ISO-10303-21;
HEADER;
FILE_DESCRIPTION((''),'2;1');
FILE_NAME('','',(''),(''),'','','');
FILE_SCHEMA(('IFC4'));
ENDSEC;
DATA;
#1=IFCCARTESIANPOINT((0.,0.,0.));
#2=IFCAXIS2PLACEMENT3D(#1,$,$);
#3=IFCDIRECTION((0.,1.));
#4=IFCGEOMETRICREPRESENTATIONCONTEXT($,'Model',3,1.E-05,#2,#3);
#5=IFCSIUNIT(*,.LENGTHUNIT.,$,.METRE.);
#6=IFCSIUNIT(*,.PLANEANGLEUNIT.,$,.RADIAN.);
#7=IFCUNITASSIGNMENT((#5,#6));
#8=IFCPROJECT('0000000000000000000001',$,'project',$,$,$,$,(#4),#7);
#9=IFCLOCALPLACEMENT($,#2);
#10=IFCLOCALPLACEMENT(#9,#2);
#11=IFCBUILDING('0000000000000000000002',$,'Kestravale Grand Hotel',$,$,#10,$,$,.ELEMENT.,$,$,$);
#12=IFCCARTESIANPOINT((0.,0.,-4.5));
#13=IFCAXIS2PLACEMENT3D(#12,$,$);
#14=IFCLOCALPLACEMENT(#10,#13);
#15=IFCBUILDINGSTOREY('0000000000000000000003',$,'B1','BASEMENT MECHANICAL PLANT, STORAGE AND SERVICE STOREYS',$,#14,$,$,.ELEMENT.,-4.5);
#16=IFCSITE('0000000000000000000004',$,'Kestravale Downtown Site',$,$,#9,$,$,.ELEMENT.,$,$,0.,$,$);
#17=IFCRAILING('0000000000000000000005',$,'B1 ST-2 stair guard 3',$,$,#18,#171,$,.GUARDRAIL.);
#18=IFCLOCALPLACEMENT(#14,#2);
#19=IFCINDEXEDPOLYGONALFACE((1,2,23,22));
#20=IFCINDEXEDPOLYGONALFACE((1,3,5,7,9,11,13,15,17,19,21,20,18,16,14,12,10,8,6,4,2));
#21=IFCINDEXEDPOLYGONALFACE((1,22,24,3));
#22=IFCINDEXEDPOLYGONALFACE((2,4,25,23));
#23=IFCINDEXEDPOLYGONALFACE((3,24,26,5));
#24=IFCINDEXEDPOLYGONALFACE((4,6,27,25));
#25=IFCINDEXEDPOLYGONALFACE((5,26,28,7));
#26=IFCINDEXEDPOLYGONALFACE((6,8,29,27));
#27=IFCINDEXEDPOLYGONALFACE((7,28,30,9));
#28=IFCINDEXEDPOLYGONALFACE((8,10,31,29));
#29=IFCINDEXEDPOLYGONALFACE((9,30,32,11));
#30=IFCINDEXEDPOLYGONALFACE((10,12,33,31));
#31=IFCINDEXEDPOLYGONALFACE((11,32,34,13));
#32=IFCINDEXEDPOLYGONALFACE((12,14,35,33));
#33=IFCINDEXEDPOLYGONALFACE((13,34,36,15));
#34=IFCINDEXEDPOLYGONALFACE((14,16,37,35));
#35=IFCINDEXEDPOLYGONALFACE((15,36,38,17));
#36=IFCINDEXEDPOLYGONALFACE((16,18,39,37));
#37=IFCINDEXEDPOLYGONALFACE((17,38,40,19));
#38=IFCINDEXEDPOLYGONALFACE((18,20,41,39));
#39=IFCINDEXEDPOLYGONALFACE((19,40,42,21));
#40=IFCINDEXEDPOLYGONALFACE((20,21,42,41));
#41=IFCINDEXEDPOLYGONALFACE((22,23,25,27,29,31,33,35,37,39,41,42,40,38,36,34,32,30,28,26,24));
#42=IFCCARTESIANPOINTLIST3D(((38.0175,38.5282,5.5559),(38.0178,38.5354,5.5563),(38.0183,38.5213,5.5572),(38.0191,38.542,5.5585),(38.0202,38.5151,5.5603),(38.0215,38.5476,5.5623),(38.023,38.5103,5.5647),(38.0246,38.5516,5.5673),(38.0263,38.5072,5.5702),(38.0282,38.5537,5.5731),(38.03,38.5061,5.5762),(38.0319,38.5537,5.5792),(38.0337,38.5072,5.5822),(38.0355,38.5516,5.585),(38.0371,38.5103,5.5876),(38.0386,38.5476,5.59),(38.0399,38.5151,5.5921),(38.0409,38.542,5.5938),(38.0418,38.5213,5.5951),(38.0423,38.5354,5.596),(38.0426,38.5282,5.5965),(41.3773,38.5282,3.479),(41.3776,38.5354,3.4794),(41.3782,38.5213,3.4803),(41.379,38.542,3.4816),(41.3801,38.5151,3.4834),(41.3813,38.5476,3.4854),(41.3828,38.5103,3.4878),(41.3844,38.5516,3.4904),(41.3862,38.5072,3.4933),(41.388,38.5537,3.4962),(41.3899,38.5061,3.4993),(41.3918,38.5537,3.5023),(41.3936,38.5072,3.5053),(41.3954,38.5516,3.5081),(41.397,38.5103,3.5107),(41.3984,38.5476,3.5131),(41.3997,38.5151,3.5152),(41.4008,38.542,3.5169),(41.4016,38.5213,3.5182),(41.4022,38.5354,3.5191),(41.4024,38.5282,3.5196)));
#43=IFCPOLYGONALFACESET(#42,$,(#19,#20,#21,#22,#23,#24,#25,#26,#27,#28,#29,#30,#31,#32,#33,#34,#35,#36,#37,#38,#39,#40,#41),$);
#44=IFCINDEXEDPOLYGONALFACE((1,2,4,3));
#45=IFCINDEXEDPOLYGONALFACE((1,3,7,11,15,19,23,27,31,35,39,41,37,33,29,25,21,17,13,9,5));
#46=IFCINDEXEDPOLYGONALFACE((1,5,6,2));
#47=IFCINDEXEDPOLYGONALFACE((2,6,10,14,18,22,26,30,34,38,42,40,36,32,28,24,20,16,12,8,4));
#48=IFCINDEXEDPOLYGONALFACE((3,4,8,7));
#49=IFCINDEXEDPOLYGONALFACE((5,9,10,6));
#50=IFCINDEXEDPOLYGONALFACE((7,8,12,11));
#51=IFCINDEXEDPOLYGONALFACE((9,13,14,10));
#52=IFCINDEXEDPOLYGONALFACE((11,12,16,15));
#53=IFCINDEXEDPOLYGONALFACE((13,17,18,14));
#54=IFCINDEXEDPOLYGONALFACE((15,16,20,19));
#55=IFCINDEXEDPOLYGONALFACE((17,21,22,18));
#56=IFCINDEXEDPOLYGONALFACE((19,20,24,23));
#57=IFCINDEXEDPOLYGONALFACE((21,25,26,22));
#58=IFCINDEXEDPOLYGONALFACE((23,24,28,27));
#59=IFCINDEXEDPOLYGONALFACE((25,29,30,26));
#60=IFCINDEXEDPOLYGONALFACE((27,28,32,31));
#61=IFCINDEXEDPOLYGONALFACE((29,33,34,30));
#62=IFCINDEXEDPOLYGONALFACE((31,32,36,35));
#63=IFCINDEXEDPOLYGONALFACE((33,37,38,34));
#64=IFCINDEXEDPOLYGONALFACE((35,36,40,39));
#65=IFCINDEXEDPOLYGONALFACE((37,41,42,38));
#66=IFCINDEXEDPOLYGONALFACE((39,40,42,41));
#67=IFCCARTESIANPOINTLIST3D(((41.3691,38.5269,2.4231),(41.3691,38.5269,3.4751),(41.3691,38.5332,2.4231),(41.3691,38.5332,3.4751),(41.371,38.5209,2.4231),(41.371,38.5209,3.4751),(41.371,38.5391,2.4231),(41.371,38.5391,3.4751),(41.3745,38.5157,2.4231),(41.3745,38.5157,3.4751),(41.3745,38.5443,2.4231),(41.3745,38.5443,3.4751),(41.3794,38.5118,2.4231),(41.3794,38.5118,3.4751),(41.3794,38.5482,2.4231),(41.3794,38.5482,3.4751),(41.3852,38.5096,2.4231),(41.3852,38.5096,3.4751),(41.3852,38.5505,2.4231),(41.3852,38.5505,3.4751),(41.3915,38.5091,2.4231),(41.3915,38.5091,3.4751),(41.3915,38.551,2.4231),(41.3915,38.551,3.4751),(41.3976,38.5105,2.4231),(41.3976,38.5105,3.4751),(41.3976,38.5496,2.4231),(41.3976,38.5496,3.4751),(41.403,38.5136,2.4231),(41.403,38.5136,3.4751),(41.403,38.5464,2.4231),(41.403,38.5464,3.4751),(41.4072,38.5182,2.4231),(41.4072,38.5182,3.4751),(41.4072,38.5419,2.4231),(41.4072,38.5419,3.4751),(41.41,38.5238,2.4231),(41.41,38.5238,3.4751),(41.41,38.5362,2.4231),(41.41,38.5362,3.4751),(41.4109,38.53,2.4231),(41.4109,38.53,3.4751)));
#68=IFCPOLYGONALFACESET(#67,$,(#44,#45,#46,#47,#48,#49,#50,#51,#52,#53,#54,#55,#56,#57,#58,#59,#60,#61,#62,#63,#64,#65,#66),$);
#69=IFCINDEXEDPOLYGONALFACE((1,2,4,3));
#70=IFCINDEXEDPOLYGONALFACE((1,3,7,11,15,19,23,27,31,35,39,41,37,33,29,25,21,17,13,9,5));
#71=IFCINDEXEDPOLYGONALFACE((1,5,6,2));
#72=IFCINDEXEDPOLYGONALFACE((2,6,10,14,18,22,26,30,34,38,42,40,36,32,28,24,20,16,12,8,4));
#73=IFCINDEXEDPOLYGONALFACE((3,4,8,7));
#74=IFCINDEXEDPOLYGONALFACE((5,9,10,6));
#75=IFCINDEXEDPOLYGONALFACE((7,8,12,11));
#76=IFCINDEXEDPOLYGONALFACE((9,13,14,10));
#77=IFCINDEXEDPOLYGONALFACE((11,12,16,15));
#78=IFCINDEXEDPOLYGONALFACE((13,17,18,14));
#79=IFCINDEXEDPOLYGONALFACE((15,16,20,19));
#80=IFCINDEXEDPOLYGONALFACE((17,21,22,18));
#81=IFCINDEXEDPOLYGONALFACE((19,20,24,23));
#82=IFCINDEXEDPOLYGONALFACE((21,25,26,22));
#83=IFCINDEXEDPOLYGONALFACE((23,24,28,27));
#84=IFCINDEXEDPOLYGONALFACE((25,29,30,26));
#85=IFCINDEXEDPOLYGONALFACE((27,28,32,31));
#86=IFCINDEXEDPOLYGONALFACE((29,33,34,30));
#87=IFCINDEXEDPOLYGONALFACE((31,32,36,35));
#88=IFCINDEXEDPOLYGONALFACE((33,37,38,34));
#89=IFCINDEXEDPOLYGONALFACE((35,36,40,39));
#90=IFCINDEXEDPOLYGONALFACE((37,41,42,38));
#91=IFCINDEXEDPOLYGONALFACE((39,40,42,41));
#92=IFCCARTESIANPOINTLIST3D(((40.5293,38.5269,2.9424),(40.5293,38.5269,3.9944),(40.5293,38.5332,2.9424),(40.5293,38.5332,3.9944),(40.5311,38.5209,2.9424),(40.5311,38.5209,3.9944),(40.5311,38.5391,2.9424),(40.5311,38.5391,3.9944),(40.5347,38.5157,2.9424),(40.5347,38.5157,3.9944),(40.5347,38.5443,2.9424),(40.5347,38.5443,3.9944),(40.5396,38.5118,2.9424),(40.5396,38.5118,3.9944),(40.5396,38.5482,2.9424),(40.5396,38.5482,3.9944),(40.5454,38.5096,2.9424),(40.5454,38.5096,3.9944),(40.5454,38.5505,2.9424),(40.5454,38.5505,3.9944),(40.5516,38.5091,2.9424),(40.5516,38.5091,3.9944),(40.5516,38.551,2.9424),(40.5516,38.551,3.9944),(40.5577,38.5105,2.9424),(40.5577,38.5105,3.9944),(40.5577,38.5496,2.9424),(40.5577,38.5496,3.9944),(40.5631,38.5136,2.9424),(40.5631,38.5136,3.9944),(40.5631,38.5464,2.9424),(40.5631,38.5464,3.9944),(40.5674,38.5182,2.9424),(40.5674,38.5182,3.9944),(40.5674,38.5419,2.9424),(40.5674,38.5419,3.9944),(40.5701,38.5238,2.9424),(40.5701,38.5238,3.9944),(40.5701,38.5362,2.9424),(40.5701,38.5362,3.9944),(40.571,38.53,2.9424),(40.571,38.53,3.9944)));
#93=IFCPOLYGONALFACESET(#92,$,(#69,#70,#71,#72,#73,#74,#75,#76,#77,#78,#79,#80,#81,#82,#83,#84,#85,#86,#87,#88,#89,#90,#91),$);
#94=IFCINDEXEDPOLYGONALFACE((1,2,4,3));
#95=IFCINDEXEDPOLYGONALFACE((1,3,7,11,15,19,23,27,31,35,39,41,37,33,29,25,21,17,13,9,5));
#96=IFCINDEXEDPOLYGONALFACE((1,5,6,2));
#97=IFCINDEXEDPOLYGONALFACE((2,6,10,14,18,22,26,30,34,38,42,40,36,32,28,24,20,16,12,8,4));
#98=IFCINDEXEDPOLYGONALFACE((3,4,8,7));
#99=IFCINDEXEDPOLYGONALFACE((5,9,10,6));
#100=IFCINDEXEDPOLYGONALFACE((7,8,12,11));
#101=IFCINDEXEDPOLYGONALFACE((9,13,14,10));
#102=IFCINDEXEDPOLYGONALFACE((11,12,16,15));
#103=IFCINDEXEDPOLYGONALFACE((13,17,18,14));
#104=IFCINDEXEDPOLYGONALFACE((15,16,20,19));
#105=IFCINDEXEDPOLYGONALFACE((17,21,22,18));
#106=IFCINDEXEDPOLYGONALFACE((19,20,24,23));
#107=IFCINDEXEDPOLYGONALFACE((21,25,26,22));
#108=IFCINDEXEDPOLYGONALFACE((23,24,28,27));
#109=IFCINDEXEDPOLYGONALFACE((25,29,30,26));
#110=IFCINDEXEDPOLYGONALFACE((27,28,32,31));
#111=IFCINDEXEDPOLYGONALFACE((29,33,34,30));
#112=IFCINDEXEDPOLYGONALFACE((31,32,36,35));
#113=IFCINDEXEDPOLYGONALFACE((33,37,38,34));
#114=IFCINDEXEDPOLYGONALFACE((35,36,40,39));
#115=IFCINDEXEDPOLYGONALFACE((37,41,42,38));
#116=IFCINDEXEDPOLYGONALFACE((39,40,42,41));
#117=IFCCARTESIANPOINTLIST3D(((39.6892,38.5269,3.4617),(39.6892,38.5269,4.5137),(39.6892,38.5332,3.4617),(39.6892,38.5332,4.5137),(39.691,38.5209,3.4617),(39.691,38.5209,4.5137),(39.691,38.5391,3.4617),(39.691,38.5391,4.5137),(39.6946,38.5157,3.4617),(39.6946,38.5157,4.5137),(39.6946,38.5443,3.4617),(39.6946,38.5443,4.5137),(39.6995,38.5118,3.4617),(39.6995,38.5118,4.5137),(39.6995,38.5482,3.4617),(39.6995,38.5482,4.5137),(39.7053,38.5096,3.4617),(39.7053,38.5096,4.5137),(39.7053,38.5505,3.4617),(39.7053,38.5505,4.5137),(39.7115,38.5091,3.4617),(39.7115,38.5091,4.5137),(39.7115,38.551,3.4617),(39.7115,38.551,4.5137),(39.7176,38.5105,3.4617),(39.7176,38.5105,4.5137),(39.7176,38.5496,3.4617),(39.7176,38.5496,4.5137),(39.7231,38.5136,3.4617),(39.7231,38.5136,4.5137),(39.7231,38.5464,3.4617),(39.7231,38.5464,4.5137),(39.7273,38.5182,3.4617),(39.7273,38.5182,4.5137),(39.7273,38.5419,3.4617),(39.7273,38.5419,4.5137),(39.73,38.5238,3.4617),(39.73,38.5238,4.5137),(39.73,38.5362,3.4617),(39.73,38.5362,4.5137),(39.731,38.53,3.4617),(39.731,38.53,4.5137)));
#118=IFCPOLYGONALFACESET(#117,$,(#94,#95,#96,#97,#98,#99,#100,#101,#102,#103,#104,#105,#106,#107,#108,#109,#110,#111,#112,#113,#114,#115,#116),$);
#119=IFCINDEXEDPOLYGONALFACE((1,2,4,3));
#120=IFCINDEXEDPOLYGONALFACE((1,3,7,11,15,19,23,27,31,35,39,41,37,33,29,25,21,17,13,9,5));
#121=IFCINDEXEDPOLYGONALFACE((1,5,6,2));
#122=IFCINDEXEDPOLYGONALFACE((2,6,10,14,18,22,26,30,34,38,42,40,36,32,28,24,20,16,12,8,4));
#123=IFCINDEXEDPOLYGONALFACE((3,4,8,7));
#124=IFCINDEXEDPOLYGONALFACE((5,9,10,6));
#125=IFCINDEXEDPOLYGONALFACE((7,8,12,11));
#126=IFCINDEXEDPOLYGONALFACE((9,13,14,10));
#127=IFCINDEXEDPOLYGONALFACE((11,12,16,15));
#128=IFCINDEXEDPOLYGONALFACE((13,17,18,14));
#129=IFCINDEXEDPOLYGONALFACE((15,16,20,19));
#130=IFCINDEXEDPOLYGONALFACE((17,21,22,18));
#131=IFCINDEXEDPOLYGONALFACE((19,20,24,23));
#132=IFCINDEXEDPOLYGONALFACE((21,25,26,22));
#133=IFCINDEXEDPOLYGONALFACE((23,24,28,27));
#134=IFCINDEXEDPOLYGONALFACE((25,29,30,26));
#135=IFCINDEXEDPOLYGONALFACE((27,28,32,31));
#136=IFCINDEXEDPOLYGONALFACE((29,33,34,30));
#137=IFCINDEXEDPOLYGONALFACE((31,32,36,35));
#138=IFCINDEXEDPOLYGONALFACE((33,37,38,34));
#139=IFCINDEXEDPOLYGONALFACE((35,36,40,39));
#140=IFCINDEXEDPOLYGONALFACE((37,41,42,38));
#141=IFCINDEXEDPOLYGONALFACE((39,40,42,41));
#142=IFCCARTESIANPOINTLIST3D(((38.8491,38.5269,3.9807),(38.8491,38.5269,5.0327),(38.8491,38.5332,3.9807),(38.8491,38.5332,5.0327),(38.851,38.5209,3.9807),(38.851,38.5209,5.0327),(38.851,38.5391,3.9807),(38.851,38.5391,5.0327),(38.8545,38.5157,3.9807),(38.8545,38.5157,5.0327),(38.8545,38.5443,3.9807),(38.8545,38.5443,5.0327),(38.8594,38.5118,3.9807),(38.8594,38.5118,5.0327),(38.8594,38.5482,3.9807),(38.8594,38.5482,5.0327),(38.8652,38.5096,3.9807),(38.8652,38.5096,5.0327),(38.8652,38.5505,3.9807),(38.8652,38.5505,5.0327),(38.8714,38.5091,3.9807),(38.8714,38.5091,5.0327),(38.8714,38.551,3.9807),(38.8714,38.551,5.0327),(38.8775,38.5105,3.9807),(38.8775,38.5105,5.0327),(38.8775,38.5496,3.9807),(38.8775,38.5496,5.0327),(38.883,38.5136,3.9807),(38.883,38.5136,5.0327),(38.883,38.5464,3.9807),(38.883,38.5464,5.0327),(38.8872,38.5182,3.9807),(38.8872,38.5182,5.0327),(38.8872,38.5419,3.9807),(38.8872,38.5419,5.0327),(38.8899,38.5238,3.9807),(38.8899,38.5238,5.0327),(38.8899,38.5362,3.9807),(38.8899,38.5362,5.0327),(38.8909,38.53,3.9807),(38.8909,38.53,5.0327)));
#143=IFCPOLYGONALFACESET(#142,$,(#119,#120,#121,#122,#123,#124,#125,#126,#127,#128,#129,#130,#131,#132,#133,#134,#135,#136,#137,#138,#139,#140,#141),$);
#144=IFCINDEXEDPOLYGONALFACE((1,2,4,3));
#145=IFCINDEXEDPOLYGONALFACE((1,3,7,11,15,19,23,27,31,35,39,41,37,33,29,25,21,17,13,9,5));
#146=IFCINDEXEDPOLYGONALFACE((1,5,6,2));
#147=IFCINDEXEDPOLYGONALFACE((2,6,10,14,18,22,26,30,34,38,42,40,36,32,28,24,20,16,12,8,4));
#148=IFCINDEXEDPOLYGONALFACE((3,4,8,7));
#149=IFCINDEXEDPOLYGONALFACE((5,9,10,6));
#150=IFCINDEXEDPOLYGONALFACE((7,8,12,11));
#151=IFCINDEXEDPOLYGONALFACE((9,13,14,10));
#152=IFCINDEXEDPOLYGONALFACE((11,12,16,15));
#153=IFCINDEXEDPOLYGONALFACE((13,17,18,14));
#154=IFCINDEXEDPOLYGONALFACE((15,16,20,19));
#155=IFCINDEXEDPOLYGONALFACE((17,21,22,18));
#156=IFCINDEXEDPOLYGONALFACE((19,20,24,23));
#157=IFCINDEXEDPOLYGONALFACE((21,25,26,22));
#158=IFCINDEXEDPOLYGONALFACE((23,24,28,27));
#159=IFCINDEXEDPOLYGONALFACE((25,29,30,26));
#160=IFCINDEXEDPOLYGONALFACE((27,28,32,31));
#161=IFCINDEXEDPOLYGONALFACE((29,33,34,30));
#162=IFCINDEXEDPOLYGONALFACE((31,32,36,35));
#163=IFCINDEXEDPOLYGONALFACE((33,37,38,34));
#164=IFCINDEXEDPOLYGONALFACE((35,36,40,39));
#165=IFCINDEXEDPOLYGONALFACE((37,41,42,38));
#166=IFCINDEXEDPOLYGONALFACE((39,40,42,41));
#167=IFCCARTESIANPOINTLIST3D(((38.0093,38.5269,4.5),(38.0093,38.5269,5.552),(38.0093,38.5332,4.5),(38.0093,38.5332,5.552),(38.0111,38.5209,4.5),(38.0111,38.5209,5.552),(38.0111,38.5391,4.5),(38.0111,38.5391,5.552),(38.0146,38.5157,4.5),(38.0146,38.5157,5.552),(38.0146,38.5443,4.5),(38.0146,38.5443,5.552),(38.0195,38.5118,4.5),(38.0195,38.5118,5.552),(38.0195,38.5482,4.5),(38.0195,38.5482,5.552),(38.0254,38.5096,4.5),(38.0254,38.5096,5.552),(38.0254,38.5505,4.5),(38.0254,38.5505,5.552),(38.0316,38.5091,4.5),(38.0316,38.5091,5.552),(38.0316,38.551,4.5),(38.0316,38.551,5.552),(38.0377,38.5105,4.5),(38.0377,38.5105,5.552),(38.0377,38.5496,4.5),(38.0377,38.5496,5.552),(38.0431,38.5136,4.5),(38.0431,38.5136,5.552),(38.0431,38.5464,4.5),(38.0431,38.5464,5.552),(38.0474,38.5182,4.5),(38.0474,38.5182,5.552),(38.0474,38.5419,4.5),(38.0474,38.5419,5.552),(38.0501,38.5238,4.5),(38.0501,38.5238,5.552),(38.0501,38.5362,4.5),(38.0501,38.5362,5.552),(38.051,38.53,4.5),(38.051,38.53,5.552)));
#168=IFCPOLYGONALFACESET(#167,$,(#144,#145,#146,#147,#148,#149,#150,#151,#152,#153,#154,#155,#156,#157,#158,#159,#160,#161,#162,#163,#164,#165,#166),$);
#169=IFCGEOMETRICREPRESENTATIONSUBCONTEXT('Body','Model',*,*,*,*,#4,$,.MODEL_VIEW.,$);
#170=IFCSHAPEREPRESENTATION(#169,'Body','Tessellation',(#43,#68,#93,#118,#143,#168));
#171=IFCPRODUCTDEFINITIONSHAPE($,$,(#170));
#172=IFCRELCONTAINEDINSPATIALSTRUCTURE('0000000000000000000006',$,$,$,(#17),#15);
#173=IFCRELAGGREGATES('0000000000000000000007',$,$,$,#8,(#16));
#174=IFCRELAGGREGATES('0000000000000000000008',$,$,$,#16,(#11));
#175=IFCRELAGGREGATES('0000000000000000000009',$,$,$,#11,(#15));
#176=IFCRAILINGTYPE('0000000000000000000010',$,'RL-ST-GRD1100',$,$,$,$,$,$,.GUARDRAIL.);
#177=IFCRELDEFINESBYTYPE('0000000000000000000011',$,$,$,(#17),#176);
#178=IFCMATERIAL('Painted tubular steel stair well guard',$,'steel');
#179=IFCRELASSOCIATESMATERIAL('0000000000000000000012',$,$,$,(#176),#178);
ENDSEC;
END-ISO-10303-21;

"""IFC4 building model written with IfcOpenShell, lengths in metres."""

from ifc_helpers import new_model, si_unit, direction, frame, origin, origin_2d, place, context, subcontext, project, spatial, circle, extrude, material, type_object, element, save


model = new_model("IFC4")

# Units and contexts
model_context = context("Model", 3, precision=1e-05, world=origin(), true_north=direction((0.0, 1.0)))
body_context = subcontext(model_context, "Body", "Model", "MODEL_VIEW")
ifc_project = project(units=[si_unit("LENGTHUNIT", "METRE"), si_unit("PLANEANGLEUNIT", "RADIAN")], contexts=[model_context])

# Site, building, storey
site_placement = place(None, origin())
site = spatial("IfcSite", under=ifc_project, at=site_placement, Name="Kestravale Downtown Site", CompositionType="ELEMENT", RefElevation=0.0)
building_placement = place(site_placement, origin())
building = spatial("IfcBuilding", under=site, at=building_placement, Name="Kestravale Grand Hotel", CompositionType="ELEMENT")
storey_placement = place(building_placement, frame((0.0, 0.0, -4.5)))
storey = spatial("IfcBuildingStorey", under=building, at=storey_placement, Name="B1", Description="BASEMENT MECHANICAL PLANT, STORAGE AND SERVICE STOREYS", CompositionType="ELEMENT", Elevation=-4.5)

# Railing
ifc_material_1 = material(Name="Painted tubular steel stair well guard", Category="steel")
railing_type_1 = type_object("IfcRailingType", Name="RL-ST-GRD1100", PredefinedType="GUARDRAIL", material=ifc_material_1)
railing_1_placement = place(storey_placement, frame((41.3899, 38.53, 2.4231)))
element("IfcRailing", 1, at=railing_1_placement, inside=storey, type_object=railing_type_1, Name="B1 ST-2 stair guard 3", PredefinedType="GUARDRAIL", context=body_context, shape_type="SweptSolid", body=[
    extrude(circle(Radius=0.0239, at=origin_2d()), frame((0.0, 0.0, 1.0762), z_axis=(-0.850606, 0.0, 0.525803), x_axis=(0.0, -1.0, 0.0)), (0.0, 0.0, 1.0), 3.95),
    extrude(circle(Radius=0.021, at=origin_2d()), origin(), (0.0, 0.0, 1.0), 1.052),
    extrude(circle(Radius=0.021, at=origin_2d()), frame((-0.8398, 0.0, 0.5193)), (0.0, 0.0, 1.0), 1.052),
    extrude(circle(Radius=0.021, at=origin_2d()), frame((-1.6799, 0.0, 1.0386)), (0.0, 0.0, 1.0), 1.052),
    extrude(circle(Radius=0.021, at=origin_2d()), frame((-2.52, 0.0, 1.5576)), (0.0, 0.0, 1.0), 1.052),
    extrude(circle(Radius=0.021, at=origin_2d()), frame((-3.3599, 0.0, 2.0769)), (0.0, 0.0, 1.0), 1.052),
])

save(model, "model.ifc")
